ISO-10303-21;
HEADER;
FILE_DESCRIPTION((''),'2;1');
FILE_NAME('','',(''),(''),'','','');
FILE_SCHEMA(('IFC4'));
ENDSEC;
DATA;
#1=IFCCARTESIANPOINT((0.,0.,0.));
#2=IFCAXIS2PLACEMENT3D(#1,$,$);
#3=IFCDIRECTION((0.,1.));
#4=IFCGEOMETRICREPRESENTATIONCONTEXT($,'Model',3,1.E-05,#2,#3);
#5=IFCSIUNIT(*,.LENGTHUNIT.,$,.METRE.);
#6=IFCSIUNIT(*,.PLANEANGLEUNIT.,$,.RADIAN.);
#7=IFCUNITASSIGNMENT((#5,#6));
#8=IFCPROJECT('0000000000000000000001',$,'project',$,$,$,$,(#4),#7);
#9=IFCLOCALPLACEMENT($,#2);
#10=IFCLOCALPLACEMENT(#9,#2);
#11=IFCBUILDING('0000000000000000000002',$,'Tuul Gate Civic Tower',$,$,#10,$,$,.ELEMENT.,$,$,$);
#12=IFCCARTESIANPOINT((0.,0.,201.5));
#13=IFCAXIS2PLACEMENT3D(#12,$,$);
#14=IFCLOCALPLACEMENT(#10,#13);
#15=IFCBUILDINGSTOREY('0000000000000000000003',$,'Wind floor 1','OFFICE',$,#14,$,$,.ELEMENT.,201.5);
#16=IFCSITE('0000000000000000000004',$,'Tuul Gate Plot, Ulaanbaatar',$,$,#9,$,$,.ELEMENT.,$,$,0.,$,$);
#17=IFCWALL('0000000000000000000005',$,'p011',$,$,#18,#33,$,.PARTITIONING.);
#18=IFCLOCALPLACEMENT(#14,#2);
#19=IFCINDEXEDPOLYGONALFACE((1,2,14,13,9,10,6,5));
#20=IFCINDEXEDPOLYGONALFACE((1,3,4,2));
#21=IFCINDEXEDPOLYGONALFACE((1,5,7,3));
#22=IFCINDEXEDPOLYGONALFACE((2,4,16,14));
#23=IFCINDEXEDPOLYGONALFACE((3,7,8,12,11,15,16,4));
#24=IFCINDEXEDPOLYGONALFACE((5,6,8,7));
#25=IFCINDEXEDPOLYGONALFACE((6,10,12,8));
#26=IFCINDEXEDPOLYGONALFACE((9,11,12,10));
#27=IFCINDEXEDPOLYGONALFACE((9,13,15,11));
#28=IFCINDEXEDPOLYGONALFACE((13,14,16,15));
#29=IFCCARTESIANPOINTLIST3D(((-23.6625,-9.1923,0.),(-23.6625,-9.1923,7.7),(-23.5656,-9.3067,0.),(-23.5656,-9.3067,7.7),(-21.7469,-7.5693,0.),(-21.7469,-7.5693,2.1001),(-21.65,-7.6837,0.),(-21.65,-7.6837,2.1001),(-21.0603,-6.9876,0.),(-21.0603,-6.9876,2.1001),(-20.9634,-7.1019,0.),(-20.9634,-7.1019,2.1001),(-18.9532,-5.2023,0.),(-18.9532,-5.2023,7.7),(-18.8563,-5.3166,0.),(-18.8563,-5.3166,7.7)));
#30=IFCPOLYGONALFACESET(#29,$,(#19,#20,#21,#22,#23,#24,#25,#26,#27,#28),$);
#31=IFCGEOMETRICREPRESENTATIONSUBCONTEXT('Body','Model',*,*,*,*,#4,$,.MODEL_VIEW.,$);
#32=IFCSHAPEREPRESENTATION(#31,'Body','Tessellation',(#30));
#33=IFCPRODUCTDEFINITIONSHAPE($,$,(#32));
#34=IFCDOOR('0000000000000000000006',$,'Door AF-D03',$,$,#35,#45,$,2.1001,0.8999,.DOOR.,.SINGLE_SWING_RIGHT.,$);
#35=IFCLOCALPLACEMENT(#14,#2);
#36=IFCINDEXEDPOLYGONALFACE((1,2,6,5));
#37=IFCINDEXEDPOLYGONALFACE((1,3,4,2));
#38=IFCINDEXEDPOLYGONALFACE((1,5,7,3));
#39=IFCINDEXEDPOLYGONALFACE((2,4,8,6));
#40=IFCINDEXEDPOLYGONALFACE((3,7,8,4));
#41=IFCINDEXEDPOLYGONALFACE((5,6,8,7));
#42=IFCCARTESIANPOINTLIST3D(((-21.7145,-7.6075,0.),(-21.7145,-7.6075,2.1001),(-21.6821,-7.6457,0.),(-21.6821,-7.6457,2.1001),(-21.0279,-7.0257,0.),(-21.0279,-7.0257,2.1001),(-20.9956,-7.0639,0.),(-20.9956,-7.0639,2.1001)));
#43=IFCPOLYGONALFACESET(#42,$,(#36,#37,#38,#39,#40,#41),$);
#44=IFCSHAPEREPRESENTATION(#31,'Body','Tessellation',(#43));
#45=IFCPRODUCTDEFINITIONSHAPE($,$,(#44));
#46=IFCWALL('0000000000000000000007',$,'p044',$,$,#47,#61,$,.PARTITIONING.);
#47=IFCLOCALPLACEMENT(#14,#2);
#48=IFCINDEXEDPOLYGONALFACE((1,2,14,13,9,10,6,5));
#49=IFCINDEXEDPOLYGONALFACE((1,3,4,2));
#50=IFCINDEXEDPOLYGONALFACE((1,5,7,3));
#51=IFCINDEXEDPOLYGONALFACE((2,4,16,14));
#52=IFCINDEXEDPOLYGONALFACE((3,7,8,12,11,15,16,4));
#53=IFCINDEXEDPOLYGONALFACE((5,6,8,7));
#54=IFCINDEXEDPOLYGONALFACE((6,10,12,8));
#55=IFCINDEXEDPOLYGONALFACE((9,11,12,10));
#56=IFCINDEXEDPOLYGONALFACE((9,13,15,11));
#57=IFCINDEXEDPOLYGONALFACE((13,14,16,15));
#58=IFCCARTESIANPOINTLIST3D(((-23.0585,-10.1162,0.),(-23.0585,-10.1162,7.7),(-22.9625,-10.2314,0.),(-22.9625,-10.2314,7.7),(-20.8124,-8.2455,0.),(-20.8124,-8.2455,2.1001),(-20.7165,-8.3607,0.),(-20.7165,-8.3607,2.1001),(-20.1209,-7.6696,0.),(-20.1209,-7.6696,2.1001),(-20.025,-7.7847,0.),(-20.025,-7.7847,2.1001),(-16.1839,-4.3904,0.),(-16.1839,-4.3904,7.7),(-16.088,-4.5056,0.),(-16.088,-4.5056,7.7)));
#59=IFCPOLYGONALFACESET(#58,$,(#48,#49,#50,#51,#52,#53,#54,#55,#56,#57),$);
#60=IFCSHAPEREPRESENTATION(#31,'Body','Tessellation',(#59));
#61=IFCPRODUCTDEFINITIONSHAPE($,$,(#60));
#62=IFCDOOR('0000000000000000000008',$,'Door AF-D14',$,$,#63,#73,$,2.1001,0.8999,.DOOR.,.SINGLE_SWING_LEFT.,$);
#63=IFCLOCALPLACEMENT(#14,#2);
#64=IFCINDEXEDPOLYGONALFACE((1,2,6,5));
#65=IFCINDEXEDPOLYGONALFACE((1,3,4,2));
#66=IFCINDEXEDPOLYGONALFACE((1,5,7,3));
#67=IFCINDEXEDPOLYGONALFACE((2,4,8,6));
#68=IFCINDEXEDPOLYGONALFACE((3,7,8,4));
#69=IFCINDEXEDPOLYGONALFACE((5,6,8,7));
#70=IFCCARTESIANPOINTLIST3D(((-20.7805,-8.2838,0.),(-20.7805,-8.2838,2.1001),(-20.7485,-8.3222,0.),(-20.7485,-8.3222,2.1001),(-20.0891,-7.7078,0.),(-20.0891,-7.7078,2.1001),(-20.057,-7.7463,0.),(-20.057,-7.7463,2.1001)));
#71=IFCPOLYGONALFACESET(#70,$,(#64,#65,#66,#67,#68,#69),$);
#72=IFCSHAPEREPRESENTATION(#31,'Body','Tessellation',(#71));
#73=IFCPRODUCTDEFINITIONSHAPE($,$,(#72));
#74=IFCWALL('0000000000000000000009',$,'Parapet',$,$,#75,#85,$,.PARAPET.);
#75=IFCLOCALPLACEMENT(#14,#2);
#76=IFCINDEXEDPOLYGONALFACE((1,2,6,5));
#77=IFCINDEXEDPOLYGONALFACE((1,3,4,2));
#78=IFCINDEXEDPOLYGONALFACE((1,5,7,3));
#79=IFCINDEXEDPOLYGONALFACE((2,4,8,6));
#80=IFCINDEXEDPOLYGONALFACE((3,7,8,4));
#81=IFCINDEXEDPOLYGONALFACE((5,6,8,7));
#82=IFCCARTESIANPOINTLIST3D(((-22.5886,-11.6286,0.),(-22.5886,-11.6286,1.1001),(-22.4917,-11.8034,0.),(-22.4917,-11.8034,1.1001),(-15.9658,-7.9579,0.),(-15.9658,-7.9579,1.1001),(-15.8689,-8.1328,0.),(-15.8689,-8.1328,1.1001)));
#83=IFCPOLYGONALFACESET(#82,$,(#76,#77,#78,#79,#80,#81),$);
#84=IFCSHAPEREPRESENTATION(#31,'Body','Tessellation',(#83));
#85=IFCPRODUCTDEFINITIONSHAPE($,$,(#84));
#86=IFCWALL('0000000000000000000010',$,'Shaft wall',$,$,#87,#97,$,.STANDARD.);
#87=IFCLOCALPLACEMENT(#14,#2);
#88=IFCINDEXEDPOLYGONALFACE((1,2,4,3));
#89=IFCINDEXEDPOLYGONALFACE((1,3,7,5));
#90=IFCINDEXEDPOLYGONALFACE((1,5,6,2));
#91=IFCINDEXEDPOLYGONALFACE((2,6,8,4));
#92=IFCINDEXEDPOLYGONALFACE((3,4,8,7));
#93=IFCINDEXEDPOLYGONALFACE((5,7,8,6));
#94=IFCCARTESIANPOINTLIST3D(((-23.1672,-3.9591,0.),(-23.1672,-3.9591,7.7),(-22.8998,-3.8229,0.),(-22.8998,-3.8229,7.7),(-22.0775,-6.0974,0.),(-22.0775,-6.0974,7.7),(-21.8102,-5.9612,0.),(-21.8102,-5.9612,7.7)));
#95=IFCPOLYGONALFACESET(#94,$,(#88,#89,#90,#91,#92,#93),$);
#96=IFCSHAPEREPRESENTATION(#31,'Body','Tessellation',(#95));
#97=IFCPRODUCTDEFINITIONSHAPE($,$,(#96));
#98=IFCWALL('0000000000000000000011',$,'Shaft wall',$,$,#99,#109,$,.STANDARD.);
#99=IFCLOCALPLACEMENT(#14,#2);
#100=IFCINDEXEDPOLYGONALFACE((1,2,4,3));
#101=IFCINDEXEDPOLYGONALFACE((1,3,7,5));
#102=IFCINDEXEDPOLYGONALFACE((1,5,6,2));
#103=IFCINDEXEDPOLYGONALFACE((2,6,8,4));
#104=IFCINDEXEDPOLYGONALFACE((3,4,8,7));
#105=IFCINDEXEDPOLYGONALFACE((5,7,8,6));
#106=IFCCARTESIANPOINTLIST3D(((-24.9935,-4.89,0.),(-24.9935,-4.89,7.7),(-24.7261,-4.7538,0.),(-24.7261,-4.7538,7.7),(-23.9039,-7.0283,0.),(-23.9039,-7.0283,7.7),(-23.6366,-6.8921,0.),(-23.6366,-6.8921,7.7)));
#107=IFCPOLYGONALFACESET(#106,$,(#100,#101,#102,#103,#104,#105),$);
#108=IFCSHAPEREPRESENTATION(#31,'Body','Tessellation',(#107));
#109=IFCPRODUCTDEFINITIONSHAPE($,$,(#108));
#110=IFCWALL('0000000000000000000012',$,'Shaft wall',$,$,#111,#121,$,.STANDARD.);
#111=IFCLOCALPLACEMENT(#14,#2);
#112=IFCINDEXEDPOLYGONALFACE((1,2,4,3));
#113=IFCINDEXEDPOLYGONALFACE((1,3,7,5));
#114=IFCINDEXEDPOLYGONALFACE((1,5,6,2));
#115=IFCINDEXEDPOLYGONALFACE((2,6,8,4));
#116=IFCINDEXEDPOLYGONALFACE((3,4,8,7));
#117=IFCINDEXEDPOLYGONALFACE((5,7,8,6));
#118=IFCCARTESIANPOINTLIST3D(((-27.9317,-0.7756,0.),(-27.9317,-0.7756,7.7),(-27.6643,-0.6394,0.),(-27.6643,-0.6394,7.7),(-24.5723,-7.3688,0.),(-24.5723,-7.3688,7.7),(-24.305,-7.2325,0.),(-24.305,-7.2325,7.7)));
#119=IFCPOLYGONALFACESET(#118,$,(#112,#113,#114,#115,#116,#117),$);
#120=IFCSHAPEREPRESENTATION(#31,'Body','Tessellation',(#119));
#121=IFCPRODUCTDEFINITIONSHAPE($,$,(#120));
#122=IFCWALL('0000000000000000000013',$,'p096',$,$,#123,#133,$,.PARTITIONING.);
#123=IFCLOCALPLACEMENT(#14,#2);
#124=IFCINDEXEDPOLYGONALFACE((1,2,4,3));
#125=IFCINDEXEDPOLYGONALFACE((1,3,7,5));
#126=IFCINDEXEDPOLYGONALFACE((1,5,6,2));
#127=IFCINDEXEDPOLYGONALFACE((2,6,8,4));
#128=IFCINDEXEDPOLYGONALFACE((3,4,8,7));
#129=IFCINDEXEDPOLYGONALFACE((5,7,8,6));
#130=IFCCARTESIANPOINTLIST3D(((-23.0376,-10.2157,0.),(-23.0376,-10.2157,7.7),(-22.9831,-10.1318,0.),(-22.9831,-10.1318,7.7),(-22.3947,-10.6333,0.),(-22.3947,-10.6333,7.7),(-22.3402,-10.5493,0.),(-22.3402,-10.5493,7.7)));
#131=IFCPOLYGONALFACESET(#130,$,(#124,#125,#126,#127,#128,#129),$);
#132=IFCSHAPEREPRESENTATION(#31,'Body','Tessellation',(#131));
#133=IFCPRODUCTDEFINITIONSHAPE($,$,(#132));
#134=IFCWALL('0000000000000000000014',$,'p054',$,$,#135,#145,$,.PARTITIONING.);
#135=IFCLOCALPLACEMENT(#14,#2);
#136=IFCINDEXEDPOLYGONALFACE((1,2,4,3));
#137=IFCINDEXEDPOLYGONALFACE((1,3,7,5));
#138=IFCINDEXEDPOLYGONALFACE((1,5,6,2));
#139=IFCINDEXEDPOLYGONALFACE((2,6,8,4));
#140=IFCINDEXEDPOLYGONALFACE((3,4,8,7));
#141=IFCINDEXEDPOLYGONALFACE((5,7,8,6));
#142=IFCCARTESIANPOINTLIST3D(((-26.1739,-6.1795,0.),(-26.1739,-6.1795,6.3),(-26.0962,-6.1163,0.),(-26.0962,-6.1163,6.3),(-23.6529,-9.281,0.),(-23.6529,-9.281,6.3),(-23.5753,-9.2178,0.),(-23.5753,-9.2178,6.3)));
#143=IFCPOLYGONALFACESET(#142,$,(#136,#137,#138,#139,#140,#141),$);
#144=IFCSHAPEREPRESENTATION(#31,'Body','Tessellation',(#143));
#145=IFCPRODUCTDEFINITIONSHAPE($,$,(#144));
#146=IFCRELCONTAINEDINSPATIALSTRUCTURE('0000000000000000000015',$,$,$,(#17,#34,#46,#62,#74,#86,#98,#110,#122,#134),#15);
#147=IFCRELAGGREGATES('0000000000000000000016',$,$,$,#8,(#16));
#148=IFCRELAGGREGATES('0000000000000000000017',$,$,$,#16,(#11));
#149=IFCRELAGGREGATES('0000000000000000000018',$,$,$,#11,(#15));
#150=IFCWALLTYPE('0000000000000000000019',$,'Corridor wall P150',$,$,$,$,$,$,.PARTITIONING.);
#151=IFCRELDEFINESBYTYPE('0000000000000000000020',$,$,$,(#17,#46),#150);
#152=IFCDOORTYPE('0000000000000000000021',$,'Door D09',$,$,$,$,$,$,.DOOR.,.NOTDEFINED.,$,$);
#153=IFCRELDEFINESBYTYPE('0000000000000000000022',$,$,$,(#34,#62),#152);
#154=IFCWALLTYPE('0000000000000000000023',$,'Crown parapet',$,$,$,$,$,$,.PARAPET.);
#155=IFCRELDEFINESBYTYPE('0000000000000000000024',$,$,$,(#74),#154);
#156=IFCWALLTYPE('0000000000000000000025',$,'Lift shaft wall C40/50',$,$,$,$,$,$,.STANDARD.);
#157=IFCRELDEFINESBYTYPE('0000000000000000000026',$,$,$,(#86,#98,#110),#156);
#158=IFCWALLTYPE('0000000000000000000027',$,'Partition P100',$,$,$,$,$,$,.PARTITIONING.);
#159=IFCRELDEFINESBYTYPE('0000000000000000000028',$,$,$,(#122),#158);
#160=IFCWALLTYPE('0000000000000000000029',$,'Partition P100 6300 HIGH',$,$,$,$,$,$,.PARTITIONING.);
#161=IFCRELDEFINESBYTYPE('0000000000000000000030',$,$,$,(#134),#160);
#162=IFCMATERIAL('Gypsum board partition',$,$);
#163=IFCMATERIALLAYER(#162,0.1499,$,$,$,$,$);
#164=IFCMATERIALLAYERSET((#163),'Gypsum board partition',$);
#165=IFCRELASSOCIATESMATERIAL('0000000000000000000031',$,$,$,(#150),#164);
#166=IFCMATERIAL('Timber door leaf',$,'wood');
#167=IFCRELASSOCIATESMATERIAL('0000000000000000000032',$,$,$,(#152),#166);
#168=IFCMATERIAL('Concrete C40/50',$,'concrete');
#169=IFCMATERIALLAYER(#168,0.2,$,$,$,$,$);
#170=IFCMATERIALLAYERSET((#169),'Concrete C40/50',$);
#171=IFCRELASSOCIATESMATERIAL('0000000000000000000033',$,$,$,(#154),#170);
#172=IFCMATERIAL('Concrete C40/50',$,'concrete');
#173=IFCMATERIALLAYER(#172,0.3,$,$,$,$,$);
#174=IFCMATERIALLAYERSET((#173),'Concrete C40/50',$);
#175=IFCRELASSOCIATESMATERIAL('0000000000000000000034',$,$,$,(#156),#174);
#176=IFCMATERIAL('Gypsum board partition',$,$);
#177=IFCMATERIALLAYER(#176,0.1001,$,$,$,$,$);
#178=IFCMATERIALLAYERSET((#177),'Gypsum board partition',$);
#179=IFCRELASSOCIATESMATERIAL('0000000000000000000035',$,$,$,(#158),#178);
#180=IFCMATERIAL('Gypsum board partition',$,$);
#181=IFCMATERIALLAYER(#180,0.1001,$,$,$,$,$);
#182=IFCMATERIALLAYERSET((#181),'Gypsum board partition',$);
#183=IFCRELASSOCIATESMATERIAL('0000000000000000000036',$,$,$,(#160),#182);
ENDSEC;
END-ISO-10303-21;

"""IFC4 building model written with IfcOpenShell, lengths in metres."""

from ifc_helpers import new_model, si_unit, direction, frame, frame_2d, origin, place, context, subcontext, project, spatial, rectangle, extrude, material, layer, layer_set, type_object, element, fill, save


model = new_model("IFC4")

# Units and contexts
model_context = context("Model", 3, precision=1e-05, world=origin(), true_north=direction((0.0, 1.0)))
body_context = subcontext(model_context, "Body", "Model", "MODEL_VIEW")
ifc_project = project(units=[si_unit("LENGTHUNIT", "METRE"), si_unit("PLANEANGLEUNIT", "RADIAN")], contexts=[model_context])

# Site, building, storey
site_placement = place(None, origin())
site = spatial("IfcSite", under=ifc_project, at=site_placement, Name="Tuul Gate Plot, Ulaanbaatar", CompositionType="ELEMENT", RefElevation=0.0)
building_placement = place(site_placement, origin())
building = spatial("IfcBuilding", under=site, at=building_placement, Name="Tuul Gate Civic Tower", CompositionType="ELEMENT")
storey_placement = place(building_placement, frame((0.0, 0.0, 201.5)))
storey = spatial("IfcBuildingStorey", under=building, at=storey_placement, Name="Wind floor 1", Description="OFFICE", CompositionType="ELEMENT", Elevation=201.5)

# Walls, openings, doors
ifc_material_1 = material(Name="Gypsum board partition")
ifc_layer_1 = layer(ifc_material_1, 0.1499)
ifc_layer_set_1 = layer_set([ifc_layer_1], Name="Gypsum board partition")
wall_type_1 = type_object("IfcWallType", Name="Corridor wall P150", PredefinedType="PARTITIONING", material=ifc_layer_set_1)
wall_1_placement = place(storey_placement, frame((-23.614, -9.2495, 0.0), z_axis=(0.0, 0.0, 1.0), x_axis=(0.762966, 0.646439, 0.0)))
wall_1 = element("IfcWall", 1, at=wall_1_placement, inside=storey, type_object=wall_type_1, Name="p011", PredefinedType="PARTITIONING", context=body_context, shape_type="SweptSolid", body=[
    extrude(rectangle(XDim=6.1724, YDim=0.1499, at=frame_2d((3.0862, 0.0))), origin(), (0.0, 0.0, 1.0), 7.7),
])
opening_1_placement = place(wall_1_placement, frame((2.5107, 0.0, 0.0)))
opening_1 = element("IfcOpeningElement", 2, at=opening_1_placement, cuts=wall_1, PredefinedType="OPENING", context=body_context, shape_type="SweptSolid", body=[
    extrude(rectangle(XDim=0.8999, YDim=2.1001, at=frame_2d((0.45, 1.05))), frame((0.0, 0.085, 0.0), z_axis=(0.0, -1.0, 0.0), x_axis=(1.0, 0.0, 0.0)), (0.0, 0.0, 1.0), 0.1699),
])
ifc_material_2 = material(Name="Timber door leaf", Category="wood")
door_type = type_object("IfcDoorType", Name="Door D09", OperationType="NOTDEFINED", PredefinedType="DOOR", material=ifc_material_2)
door_1_placement = place(opening_1_placement, origin())
door_1 = element("IfcDoor", 3, at=door_1_placement, inside=storey, type_object=door_type, Name="Door AF-D03", OperationType="SINGLE_SWING_RIGHT", OverallHeight=2.1001, OverallWidth=0.8999, PredefinedType="DOOR", context=body_context, shape_type="SweptSolid", body=[
    extrude(rectangle(XDim=0.8999, YDim=2.1001, at=frame_2d((0.45, 1.05))), frame((0.0, 0.0249, 0.0), z_axis=(0.0, -1.0, 0.0), x_axis=(1.0, 0.0, 0.0)), (0.0, 0.0, 1.0), 0.05),
])
fill(opening_1, door_1)
wall_2_placement = place(storey_placement, frame((-23.0105, -10.1738, 0.0), z_axis=(0.0, 0.0, 1.0), x_axis=(0.768382, 0.639991, 0.0)))
wall_2 = element("IfcWall", 4, at=wall_2_placement, inside=storey, type_object=wall_type_1, Name="p044", PredefinedType="PARTITIONING", context=body_context, shape_type="SweptSolid", body=[
    extrude(rectangle(XDim=8.9468, YDim=0.1499, at=frame_2d((4.4734, 0.0))), origin(), (0.0, 0.0, 1.0), 7.7),
])
opening_2_placement = place(wall_2_placement, frame((2.9231, 0.0, 0.0)))
opening_2 = element("IfcOpeningElement", 5, at=opening_2_placement, cuts=wall_2, PredefinedType="OPENING", context=body_context, shape_type="SweptSolid", body=[
    extrude(rectangle(XDim=0.8999, YDim=2.1001, at=frame_2d((0.45, 1.05))), frame((0.0, 0.085, 0.0), z_axis=(0.0, -1.0, 0.0), x_axis=(1.0, 0.0, 0.0)), (0.0, 0.0, 1.0), 0.1699),
])
door_2_placement = place(opening_2_placement, frame((0.8999, 0.0, 0.0), z_axis=(0.0, 0.0, 1.0), x_axis=(-1.0, 0.0, 0.0)))
door_2 = element("IfcDoor", 6, at=door_2_placement, inside=storey, type_object=door_type, Name="Door AF-D14", OperationType="SINGLE_SWING_LEFT", OverallHeight=2.1001, OverallWidth=0.8999, PredefinedType="DOOR", context=body_context, shape_type="SweptSolid", body=[
    extrude(rectangle(XDim=0.8999, YDim=2.1001, at=frame_2d((0.45, 1.05))), frame((0.0, 0.0249, 0.0), z_axis=(0.0, -1.0, 0.0), x_axis=(1.0, 0.0, 0.0)), (0.0, 0.0, 1.0), 0.05),
])
fill(opening_2, door_2)

# Walls
ifc_material_3 = material(Name="Concrete C40/50", Category="concrete")
ifc_layer_2 = layer(ifc_material_3, 0.2)
ifc_layer_set_2 = layer_set([ifc_layer_2], Name="Concrete C40/50")
wall_type_2 = type_object("IfcWallType", Name="Crown parapet", PredefinedType="PARAPET", material=ifc_layer_set_2)
wall_3_placement = place(storey_placement, frame((-22.5403, -11.7161, 0.0), z_axis=(0.0, 0.0, 1.0), x_axis=(0.874644, 0.484767, 0.0)))
element("IfcWall", 7, at=wall_3_placement, inside=storey, type_object=wall_type_2, Name="Parapet", PredefinedType="PARAPET", context=body_context, shape_type="SweptSolid", body=[
    extrude(rectangle(XDim=7.572, YDim=0.2, at=frame_2d((3.7861, 0.0))), origin(), (0.0, 0.0, 1.0), 1.1001),
])
ifc_material_4 = material(Name="Concrete C40/50", Category="concrete")
ifc_layer_3 = layer(ifc_material_4, 0.3)
ifc_layer_set_3 = layer_set([ifc_layer_3], Name="Concrete C40/50")
wall_type_3 = type_object("IfcWallType", Name="Lift shaft wall C40/50", PredefinedType="STANDARD", material=ifc_layer_set_3)
for number, where, z_axis, x_axis, name in (
    (8, (-21.9438, -6.0293, 0.0), (0.0, 0.0, 1.0), (-0.454037, 0.890983, 0.0), "Shaft wall"),
    (9, (-23.7703, -6.9602, 0.0), (0.0, 0.0, 1.0), (-0.453996, 0.891004, 0.0), "Shaft wall"),
):
    element("IfcWall", number, at=place(storey_placement, frame(where, z_axis=z_axis, x_axis=x_axis)), inside=storey, type_object=wall_type_3, Name=name, PredefinedType="STANDARD", context=body_context, shape_type="SweptSolid", body=[
        extrude(rectangle(XDim=2.3999, YDim=0.3, at=frame_2d((1.2, 0.0))), origin(), (0.0, 0.0, 1.0), 7.7),
    ])
wall_4_placement = place(storey_placement, frame((-24.4387, -7.3005, 0.0), z_axis=(0.0, 0.0, 1.0), x_axis=(-0.453984, 0.89101, 0.0)))
element("IfcWall", 10, at=wall_4_placement, inside=storey, type_object=wall_type_3, Name="Shaft wall", PredefinedType="STANDARD", context=body_context, shape_type="SweptSolid", body=[
    extrude(rectangle(XDim=7.3997, YDim=0.3, at=frame_2d((3.6997, 0.0))), origin(), (0.0, 0.0, 1.0), 7.7),
])
ifc_material_5 = material(Name="Gypsum board partition")
ifc_layer_4 = layer(ifc_material_5, 0.1001)
ifc_layer_set_4 = layer_set([ifc_layer_4], Name="Gypsum board partition")
wall_type_4 = type_object("IfcWallType", Name="Partition P100", PredefinedType="PARTITIONING", material=ifc_layer_set_4)
wall_5_placement = place(storey_placement, frame((-22.3674, -10.5913, 0.0), z_axis=(0.0, 0.0, 1.0), x_axis=(-0.838655, 0.544664, 0.0)))
element("IfcWall", 11, at=wall_5_placement, inside=storey, type_object=wall_type_4, Name="p096", PredefinedType="PARTITIONING", context=body_context, shape_type="SweptSolid", body=[
    extrude(rectangle(XDim=0.7666, YDim=0.1001, at=frame_2d((0.3833, 0.0))), origin(), (0.0, 0.0, 1.0), 7.7),
])
ifc_material_6 = material(Name="Gypsum board partition")
ifc_layer_5 = layer(ifc_material_6, 0.1001)
ifc_layer_set_5 = layer_set([ifc_layer_5], Name="Gypsum board partition")
wall_type_5 = type_object("IfcWallType", Name="Partition P100 6300 HIGH", PredefinedType="PARTITIONING", material=ifc_layer_set_5)
wall_6_placement = place(storey_placement, frame((-23.614, -9.2495, 0.0), z_axis=(0.0, 0.0, 1.0), x_axis=(-0.63074, 0.775994, 0.0)))
element("IfcWall", 12, at=wall_6_placement, inside=storey, type_object=wall_type_5, Name="p054", PredefinedType="PARTITIONING", context=body_context, shape_type="SweptSolid", body=[
    extrude(rectangle(XDim=3.9968, YDim=0.1001, at=frame_2d((1.9985, 0.0))), origin(), (0.0, 0.0, 1.0), 6.3),
])

save(model, "model.ifc")
